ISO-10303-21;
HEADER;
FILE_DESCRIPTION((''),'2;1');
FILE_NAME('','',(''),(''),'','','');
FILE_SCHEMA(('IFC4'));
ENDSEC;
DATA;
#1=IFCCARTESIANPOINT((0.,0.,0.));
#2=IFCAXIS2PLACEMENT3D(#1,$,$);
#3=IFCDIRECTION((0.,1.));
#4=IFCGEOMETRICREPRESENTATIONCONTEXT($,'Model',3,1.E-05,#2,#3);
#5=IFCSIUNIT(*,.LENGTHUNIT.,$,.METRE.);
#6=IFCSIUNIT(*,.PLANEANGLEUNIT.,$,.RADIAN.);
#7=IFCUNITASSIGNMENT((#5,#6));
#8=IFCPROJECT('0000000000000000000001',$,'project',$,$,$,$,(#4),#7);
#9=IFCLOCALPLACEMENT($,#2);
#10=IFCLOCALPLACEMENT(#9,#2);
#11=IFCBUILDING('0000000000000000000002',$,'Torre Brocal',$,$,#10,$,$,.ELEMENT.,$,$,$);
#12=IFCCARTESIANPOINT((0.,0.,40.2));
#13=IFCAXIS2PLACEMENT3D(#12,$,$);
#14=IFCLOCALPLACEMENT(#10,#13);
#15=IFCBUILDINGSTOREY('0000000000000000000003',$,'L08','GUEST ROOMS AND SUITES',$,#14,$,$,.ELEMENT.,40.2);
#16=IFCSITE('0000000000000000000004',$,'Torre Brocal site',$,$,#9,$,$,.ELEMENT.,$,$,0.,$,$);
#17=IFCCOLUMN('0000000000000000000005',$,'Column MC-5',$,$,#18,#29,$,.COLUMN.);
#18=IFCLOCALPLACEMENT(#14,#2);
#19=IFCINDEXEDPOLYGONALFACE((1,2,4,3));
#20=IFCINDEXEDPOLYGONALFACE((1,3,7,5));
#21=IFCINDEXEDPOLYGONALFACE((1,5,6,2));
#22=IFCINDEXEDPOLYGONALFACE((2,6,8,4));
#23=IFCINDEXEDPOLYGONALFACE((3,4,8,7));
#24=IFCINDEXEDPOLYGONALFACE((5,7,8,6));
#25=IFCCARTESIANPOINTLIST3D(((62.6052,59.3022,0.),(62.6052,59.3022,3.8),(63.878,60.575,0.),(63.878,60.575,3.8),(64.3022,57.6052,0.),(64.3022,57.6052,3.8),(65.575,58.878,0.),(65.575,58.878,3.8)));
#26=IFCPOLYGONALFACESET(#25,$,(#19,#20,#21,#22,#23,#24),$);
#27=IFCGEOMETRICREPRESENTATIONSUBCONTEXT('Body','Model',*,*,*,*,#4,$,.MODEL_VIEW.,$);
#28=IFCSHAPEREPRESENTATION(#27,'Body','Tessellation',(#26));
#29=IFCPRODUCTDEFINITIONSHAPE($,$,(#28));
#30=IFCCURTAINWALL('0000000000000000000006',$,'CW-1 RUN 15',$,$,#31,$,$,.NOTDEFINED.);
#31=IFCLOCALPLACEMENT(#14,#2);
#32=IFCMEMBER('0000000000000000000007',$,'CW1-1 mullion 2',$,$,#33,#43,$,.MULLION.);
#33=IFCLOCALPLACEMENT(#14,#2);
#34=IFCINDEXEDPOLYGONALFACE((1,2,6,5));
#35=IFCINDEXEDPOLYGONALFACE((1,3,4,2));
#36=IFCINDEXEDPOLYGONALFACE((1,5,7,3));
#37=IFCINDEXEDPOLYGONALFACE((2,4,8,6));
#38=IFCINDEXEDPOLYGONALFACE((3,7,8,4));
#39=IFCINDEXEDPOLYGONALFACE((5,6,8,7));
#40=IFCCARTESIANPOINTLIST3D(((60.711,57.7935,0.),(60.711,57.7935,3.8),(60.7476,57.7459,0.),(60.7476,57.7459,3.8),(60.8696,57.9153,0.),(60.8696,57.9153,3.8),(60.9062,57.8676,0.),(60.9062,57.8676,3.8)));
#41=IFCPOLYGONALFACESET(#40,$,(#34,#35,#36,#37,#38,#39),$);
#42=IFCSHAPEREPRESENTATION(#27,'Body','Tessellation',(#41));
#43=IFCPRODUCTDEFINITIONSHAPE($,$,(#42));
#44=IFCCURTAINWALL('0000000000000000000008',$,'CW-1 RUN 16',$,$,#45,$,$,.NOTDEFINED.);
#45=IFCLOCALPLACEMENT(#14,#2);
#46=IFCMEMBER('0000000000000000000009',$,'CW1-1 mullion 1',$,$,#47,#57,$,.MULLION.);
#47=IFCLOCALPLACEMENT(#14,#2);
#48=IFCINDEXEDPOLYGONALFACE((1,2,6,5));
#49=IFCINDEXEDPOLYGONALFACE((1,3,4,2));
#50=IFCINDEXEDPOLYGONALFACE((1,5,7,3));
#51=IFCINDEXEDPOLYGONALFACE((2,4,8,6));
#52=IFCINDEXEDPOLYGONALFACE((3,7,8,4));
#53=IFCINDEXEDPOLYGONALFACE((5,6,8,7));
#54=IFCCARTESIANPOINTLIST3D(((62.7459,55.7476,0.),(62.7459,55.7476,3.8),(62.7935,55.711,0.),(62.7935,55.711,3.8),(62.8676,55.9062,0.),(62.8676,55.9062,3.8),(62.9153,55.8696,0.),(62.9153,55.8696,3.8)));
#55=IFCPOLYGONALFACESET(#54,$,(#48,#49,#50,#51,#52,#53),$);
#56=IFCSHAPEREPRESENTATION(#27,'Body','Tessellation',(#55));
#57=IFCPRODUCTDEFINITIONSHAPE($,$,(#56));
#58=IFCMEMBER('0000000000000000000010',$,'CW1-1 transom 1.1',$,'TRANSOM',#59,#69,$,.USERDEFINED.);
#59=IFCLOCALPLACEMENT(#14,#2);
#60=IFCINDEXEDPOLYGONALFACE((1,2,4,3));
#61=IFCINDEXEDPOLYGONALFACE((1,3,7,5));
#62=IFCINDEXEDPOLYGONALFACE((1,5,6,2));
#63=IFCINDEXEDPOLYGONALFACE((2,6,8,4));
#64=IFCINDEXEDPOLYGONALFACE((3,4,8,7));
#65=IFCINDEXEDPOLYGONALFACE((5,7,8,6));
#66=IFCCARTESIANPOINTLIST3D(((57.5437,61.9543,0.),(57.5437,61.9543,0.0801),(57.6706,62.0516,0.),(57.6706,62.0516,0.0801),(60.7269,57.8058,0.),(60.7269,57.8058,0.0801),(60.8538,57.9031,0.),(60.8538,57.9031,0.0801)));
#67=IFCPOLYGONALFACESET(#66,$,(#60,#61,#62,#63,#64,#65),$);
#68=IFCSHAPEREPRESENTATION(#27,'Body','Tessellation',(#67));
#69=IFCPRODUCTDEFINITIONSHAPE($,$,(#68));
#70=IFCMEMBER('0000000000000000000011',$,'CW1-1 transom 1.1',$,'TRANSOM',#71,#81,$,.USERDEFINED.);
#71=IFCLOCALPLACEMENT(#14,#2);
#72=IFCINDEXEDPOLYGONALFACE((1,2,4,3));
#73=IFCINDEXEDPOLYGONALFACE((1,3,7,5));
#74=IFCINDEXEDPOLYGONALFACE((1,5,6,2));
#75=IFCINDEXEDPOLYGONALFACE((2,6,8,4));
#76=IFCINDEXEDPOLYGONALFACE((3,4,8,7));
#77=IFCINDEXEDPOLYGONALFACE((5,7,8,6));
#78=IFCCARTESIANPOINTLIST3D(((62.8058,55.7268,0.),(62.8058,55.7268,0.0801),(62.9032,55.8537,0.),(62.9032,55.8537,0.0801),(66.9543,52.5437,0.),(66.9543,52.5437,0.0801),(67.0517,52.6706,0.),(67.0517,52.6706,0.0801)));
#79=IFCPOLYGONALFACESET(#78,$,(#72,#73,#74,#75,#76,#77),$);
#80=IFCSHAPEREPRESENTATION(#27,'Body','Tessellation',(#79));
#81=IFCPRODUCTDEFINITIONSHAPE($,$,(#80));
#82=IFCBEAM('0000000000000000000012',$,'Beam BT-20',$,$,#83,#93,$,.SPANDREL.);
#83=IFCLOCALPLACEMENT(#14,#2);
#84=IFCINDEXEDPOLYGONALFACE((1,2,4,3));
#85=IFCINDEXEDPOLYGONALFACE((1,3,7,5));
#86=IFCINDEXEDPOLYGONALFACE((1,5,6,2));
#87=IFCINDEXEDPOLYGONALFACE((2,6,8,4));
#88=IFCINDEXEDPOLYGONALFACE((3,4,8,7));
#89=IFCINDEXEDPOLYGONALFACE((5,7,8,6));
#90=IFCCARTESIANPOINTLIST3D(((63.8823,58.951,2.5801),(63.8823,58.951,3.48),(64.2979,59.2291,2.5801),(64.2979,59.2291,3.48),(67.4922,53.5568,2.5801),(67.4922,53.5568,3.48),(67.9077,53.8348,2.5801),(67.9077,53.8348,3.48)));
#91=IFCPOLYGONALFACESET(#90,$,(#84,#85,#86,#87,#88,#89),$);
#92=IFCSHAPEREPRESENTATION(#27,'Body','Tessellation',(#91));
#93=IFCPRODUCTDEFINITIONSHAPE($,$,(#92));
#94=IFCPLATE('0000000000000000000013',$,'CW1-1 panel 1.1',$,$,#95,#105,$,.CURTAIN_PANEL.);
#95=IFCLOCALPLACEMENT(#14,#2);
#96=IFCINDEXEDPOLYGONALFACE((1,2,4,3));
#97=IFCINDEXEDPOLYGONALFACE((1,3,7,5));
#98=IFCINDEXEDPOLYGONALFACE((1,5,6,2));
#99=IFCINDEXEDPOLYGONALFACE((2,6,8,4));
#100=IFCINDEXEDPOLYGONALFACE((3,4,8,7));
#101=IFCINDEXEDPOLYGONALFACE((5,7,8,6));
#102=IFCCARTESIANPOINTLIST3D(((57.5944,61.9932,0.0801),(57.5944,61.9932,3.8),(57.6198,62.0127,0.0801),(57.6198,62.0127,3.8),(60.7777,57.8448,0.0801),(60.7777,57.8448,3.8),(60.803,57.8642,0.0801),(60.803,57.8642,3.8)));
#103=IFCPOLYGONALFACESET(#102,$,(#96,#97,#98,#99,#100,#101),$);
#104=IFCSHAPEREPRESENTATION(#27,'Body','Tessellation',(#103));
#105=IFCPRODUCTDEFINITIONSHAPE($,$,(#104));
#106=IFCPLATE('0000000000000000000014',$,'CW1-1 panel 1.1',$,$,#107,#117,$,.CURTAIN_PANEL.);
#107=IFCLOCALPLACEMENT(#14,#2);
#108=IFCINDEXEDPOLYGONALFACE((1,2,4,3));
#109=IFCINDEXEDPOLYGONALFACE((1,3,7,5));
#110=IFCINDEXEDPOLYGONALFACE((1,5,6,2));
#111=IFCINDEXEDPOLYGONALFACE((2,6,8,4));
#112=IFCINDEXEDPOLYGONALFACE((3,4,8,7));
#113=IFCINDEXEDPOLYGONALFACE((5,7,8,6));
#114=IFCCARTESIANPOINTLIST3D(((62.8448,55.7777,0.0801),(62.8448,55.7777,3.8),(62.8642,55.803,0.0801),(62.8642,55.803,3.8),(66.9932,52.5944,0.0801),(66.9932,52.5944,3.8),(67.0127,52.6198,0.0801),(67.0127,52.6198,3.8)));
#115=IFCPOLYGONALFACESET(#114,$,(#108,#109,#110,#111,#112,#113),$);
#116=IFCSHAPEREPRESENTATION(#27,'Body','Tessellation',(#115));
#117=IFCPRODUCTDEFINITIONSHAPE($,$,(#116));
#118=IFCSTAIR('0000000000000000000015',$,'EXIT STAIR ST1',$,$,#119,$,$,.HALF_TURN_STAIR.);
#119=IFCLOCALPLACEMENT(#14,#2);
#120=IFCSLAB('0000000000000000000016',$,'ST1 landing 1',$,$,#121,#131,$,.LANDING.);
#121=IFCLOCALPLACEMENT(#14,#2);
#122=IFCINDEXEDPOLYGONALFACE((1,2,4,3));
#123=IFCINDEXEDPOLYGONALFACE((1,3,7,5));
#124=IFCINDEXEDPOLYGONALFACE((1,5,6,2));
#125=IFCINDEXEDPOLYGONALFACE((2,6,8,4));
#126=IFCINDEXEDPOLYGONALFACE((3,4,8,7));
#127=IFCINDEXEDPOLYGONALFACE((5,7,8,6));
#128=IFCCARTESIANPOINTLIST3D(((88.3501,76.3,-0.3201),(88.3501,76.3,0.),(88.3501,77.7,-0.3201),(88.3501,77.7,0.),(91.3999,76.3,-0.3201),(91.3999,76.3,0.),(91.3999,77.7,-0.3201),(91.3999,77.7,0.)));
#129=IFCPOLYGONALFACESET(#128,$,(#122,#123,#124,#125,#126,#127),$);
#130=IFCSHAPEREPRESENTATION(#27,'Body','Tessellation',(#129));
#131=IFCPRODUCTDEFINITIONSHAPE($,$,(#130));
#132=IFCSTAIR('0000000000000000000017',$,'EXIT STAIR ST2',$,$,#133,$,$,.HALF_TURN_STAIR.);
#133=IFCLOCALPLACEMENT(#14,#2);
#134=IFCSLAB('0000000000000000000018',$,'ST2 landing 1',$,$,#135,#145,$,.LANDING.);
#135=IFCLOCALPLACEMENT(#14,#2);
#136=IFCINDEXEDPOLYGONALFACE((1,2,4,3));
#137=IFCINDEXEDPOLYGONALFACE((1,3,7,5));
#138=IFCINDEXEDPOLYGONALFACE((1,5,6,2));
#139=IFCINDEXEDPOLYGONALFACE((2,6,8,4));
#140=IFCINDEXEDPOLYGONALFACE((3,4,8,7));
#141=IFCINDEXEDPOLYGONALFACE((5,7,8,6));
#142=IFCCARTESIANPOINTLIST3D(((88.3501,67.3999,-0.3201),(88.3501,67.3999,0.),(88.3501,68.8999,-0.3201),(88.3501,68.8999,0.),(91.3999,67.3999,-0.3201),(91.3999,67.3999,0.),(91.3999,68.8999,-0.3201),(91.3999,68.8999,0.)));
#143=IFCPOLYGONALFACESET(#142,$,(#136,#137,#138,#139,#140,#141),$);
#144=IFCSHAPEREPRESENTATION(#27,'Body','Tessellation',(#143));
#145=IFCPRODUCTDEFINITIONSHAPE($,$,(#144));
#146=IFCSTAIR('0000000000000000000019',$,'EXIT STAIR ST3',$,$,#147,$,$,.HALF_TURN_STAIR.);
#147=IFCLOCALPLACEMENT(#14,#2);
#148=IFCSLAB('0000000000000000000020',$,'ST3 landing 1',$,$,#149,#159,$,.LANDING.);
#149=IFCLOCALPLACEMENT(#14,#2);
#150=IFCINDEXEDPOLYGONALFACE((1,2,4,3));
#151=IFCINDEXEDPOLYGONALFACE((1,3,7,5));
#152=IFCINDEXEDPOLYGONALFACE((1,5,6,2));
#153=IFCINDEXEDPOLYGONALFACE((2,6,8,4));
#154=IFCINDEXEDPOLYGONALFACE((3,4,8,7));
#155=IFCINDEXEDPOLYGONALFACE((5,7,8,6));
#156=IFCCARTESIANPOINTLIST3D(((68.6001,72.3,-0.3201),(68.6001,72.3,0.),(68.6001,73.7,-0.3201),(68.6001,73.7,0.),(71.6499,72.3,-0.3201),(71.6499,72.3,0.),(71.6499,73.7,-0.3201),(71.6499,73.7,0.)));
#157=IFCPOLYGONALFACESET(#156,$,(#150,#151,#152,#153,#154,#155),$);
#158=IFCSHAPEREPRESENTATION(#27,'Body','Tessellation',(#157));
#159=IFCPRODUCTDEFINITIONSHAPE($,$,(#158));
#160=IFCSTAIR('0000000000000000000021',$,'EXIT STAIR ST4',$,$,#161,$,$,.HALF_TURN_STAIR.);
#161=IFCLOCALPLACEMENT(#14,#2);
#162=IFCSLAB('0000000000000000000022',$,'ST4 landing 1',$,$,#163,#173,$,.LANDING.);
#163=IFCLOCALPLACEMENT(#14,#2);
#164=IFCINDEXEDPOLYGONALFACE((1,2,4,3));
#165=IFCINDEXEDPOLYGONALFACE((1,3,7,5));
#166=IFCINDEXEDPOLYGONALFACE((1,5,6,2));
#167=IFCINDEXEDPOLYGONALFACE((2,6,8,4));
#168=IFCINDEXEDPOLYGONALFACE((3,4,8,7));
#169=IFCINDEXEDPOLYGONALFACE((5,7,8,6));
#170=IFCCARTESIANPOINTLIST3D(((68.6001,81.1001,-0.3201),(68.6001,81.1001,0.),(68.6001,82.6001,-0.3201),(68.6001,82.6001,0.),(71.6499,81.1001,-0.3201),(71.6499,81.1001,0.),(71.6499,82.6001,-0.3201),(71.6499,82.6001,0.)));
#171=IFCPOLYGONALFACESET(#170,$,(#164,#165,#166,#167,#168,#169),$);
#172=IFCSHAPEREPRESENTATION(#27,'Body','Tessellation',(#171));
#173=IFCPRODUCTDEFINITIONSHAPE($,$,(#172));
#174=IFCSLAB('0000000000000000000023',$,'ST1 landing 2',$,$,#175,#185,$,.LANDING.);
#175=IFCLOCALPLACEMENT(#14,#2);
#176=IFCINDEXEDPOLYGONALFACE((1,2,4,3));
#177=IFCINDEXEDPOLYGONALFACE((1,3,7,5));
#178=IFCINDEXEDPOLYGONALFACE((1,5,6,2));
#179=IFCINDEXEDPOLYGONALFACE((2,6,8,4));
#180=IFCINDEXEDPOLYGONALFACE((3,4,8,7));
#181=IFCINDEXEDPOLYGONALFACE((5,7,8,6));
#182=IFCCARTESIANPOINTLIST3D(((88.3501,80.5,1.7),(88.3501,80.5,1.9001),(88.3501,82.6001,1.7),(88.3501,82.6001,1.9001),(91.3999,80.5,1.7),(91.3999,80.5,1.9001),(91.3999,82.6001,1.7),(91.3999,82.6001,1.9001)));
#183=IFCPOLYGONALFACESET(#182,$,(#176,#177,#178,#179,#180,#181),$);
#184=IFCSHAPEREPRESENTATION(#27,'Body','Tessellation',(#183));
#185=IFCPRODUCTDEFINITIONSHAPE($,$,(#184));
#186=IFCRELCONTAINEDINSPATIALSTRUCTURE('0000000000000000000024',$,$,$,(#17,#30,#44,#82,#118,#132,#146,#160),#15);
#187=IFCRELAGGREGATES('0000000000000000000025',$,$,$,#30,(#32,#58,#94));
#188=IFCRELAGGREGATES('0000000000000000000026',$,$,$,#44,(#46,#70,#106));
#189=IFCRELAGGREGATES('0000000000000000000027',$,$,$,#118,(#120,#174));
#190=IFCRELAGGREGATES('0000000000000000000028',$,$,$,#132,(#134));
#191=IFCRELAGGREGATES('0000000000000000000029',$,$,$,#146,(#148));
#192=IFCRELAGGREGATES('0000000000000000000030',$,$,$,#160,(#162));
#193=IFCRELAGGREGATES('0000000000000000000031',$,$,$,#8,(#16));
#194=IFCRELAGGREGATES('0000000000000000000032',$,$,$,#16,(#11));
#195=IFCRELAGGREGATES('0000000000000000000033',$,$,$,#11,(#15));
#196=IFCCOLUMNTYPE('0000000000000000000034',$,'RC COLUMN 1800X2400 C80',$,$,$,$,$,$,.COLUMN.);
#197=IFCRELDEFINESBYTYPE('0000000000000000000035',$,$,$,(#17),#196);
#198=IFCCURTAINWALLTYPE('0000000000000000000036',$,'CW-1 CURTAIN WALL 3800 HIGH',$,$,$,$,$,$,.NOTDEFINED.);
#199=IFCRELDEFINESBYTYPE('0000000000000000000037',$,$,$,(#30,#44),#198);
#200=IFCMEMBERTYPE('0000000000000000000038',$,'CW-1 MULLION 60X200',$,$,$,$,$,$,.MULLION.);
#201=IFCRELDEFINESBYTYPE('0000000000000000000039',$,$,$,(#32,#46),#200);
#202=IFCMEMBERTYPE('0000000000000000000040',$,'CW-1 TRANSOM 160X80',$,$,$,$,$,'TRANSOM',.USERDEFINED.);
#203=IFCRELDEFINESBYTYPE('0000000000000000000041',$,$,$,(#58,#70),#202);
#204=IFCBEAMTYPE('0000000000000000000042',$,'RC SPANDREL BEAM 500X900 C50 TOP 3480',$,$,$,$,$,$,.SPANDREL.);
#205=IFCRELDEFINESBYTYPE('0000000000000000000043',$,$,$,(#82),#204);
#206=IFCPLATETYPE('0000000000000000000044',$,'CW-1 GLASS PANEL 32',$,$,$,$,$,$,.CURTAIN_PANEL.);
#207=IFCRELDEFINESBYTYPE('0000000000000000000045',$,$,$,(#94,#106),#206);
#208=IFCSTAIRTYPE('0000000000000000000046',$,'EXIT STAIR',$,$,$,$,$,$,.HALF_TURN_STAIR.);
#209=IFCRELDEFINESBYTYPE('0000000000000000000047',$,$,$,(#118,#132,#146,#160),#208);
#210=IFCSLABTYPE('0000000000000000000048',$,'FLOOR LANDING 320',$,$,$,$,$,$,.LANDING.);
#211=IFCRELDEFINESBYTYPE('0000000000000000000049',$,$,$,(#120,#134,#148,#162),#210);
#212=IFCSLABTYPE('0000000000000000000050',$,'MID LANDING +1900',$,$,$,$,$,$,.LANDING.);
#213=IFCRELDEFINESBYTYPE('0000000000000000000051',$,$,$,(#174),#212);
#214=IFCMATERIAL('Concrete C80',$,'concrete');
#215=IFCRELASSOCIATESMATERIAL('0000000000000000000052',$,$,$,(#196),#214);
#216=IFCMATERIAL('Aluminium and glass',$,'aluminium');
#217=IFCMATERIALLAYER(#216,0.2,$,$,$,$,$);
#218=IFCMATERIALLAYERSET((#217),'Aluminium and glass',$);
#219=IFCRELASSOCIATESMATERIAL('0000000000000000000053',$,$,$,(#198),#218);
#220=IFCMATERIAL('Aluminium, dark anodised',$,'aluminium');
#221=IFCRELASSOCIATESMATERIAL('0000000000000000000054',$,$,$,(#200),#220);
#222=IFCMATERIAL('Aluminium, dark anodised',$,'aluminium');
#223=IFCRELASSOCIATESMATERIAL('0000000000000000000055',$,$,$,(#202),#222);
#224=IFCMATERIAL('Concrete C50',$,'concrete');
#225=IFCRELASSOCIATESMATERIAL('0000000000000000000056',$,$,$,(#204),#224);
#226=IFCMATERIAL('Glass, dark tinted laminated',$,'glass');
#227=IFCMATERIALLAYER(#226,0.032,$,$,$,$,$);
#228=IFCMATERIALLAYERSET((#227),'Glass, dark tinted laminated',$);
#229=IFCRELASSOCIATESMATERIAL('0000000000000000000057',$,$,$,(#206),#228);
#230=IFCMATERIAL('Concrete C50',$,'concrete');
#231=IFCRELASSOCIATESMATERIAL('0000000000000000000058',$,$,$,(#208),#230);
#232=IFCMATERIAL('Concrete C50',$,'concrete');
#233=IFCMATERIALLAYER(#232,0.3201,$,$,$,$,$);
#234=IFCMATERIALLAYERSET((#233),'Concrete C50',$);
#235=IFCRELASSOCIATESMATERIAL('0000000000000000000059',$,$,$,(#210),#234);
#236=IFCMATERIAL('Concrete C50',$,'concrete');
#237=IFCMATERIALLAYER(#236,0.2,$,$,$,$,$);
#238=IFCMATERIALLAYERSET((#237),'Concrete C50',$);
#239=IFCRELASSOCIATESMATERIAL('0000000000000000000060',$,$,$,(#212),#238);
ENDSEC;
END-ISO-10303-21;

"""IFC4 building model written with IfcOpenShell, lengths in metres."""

from ifc_helpers import new_model, si_unit, direction, frame, origin, origin_2d, place, context, subcontext, project, spatial, polyline, rectangle, outline, extrude, material, layer, layer_set, material_profile, profile_set, type_object, element, aggregate, save


model = new_model("IFC4")

# Units and contexts
model_context = context("Model", 3, precision=1e-05, world=origin(), true_north=direction((0.0, 1.0)))
body_context = subcontext(model_context, "Body", "Model", "MODEL_VIEW")
ifc_project = project(units=[si_unit("LENGTHUNIT", "METRE"), si_unit("PLANEANGLEUNIT", "RADIAN")], contexts=[model_context])

# Site, building, storey
site_placement = place(None, origin())
site = spatial("IfcSite", under=ifc_project, at=site_placement, Name="Torre Brocal site", CompositionType="ELEMENT", RefElevation=0.0)
building_placement = place(site_placement, origin())
building = spatial("IfcBuilding", under=site, at=building_placement, Name="Torre Brocal", CompositionType="ELEMENT")
storey_placement = place(building_placement, frame((0.0, 0.0, 40.2)))
storey = spatial("IfcBuildingStorey", under=building, at=storey_placement, Name="L08", Description="GUEST ROOMS AND SUITES", CompositionType="ELEMENT", Elevation=40.2)

# Column
ifc_material_1 = material(Name="Concrete C80", Category="concrete")
ifc_material_profile_1 = material_profile(ifc_material_1, rectangle(XDim=1.8, YDim=2.3999, at=origin_2d()), Name="RC 1800X2400")
ifc_profile_set_1 = profile_set([ifc_material_profile_1], Name="Concrete C80")
column_type = type_object("IfcColumnType", Name="RC COLUMN 1800X2400 C80", PredefinedType="COLUMN", material=ifc_profile_set_1)
column_placement = place(storey_placement, frame((64.0901, 59.0901, 0.0), z_axis=(0.0, 0.0, 1.0), x_axis=(-0.707107, -0.707107, 0.0)))
element("IfcColumn", 1, at=column_placement, inside=storey, type_object=column_type, Name="Column MC-5", PredefinedType="COLUMN", context=body_context, shape_type="SweptSolid", body=[
    extrude(rectangle(XDim=1.8, YDim=2.3999, at=origin_2d()), origin(), (0.0, 0.0, 1.0), 3.8),
])

# Curtain walls, members
ifc_material_2 = material(Name="Aluminium and glass", Category="aluminium")
ifc_layer_1 = layer(ifc_material_2, 0.2)
ifc_layer_set_1 = layer_set([ifc_layer_1], Name="Aluminium and glass")
curtain_wall_type = type_object("IfcCurtainWallType", Name="CW-1 CURTAIN WALL 3800 HIGH", PredefinedType="NOTDEFINED", material=ifc_layer_set_1)
curtain_wall_1_placement = place(storey_placement, origin())
curtain_wall_1 = element("IfcCurtainWall", 2, at=curtain_wall_1_placement, inside=storey, type_object=curtain_wall_type, Name="CW-1 RUN 15", PredefinedType="NOTDEFINED")
ifc_material_3 = material(Name="Aluminium, dark anodised", Category="aluminium")
ifc_material_profile_2 = material_profile(ifc_material_3, rectangle(XDim=0.2, YDim=0.0601, at=origin_2d()), Name="CW-1 MULLION 60X200")
ifc_profile_set_2 = profile_set([ifc_material_profile_2], Name="Aluminium, dark anodised")
member_type_1 = type_object("IfcMemberType", Name="CW-1 MULLION 60X200", PredefinedType="MULLION", material=ifc_profile_set_2)
member_1_placement = place(storey_placement, frame((60.8086, 57.8306, 0.0), z_axis=(0.0, 0.0, 1.0), x_axis=(0.793353, 0.608761, 0.0)))
member_1 = element("IfcMember", 3, at=member_1_placement, type_object=member_type_1, Name="CW1-1 mullion 2", PredefinedType="MULLION", context=body_context, shape_type="SweptSolid", body=[
    extrude(rectangle(XDim=0.2, YDim=0.0601, at=origin_2d()), origin(), (0.0, 0.0, 1.0), 3.8),
])
curtain_wall_2_placement = place(storey_placement, origin())
curtain_wall_2 = element("IfcCurtainWall", 4, at=curtain_wall_2_placement, inside=storey, type_object=curtain_wall_type, Name="CW-1 RUN 16", PredefinedType="NOTDEFINED")
member_2_placement = place(storey_placement, frame((62.8306, 55.8086, 0.0), z_axis=(0.0, 0.0, 1.0), x_axis=(0.608761, 0.793353, 0.0)))
member_2 = element("IfcMember", 5, at=member_2_placement, type_object=member_type_1, Name="CW1-1 mullion 1", PredefinedType="MULLION", context=body_context, shape_type="SweptSolid", body=[
    extrude(rectangle(XDim=0.2, YDim=0.0601, at=origin_2d()), origin(), (0.0, 0.0, 1.0), 3.8),
])

# Members
ifc_material_4 = material(Name="Aluminium, dark anodised", Category="aluminium")
ifc_material_profile_3 = material_profile(ifc_material_4, rectangle(XDim=0.1599, YDim=0.0801, at=origin_2d()), Name="CW-1 TRANSOM 160X80")
ifc_profile_set_3 = profile_set([ifc_material_profile_3], Name="Aluminium, dark anodised")
member_type_2 = type_object("IfcMemberType", Name="CW-1 TRANSOM 160X80", ElementType="TRANSOM", PredefinedType="USERDEFINED", material=ifc_profile_set_3)
member_3_placement = place(storey_placement, frame((57.6072, 62.0029, 0.04), z_axis=(0.608749, -0.793363, 0.0), x_axis=(0.793363, 0.608749, 0.0)))
member_3 = element("IfcMember", 6, at=member_3_placement, type_object=member_type_2, Name="CW1-1 transom 1.1", ObjectType="TRANSOM", PredefinedType="USERDEFINED", context=body_context, shape_type="SweptSolid", body=[
    extrude(rectangle(XDim=0.1599, YDim=0.0801, at=origin_2d()), origin(), (0.0, 0.0, 1.0), 5.229),
])
member_4_placement = place(storey_placement, frame((62.8545, 55.7903, 0.04), z_axis=(0.793363, -0.608749, 0.0), x_axis=(0.608749, 0.793363, 0.0)))
member_4 = element("IfcMember", 7, at=member_4_placement, type_object=member_type_2, Name="CW1-1 transom 1.1", ObjectType="TRANSOM", PredefinedType="USERDEFINED", context=body_context, shape_type="SweptSolid", body=[
    extrude(rectangle(XDim=0.1599, YDim=0.0801, at=origin_2d()), origin(), (0.0, 0.0, 1.0), 5.229),
])

# Beam
ifc_material_5 = material(Name="Concrete C50", Category="concrete")
ifc_material_profile_4 = material_profile(ifc_material_5, rectangle(XDim=0.5, YDim=0.8999, at=origin_2d()), Name="RC 500X900")
ifc_profile_set_4 = profile_set([ifc_material_profile_4], Name="Concrete C50")
beam_type = type_object("IfcBeamType", Name="RC SPANDREL BEAM 500X900 C50 TOP 3480", PredefinedType="SPANDREL", material=ifc_profile_set_4)
beam_placement = place(storey_placement, frame((64.0901, 59.0901, 3.03), z_axis=(0.556158, -0.831077, 0.0), x_axis=(0.831077, 0.556158, 0.0)))
element("IfcBeam", 8, at=beam_placement, inside=storey, type_object=beam_type, Name="Beam BT-20", PredefinedType="SPANDREL", context=body_context, shape_type="SweptSolid", body=[
    extrude(rectangle(XDim=0.5, YDim=0.8999, at=origin_2d()), origin(), (0.0, 0.0, 1.0), 6.4907),
])

# Plates
ifc_material_6 = material(Name="Glass, dark tinted laminated", Category="glass")
ifc_layer_2 = layer(ifc_material_6, 0.032)
ifc_layer_set_2 = layer_set([ifc_layer_2], Name="Glass, dark tinted laminated")
plate_type = type_object("IfcPlateType", Name="CW-1 GLASS PANEL 32", PredefinedType="CURTAIN_PANEL", material=ifc_layer_set_2)
plate_1_placement = place(storey_placement, frame((59.1987, 59.9287, 0.0801), z_axis=(0.0, 0.0, 1.0), x_axis=(0.608761, -0.793353, 0.0)))
plate_1 = element("IfcPlate", 9, at=plate_1_placement, type_object=plate_type, Name="CW1-1 panel 1.1", PredefinedType="CURTAIN_PANEL", context=body_context, shape_type="SweptSolid", body=[
    extrude(rectangle(XDim=5.229, YDim=0.032, at=origin_2d()), origin(), (0.0, 0.0, 1.0), 3.72),
])
aggregate(curtain_wall_1, [member_1, member_3, plate_1])
plate_2_placement = place(storey_placement, frame((64.9287, 54.1987, 0.0801), z_axis=(0.0, 0.0, 1.0), x_axis=(0.793353, -0.608761, 0.0)))
plate_2 = element("IfcPlate", 10, at=plate_2_placement, type_object=plate_type, Name="CW1-1 panel 1.1", PredefinedType="CURTAIN_PANEL", context=body_context, shape_type="SweptSolid", body=[
    extrude(rectangle(XDim=5.229, YDim=0.032, at=origin_2d()), origin(), (0.0, 0.0, 1.0), 3.72),
])
aggregate(curtain_wall_2, [member_2, member_4, plate_2])

# Stairs, slabs
ifc_material_7 = material(Name="Concrete C50", Category="concrete")
stair_type = type_object("IfcStairType", Name="EXIT STAIR", PredefinedType="HALF_TURN_STAIR", material=ifc_material_7)
stair_1_placement = place(storey_placement, origin())
stair_1 = element("IfcStair", 11, at=stair_1_placement, inside=storey, type_object=stair_type, Name="EXIT STAIR ST1", PredefinedType="HALF_TURN_STAIR")
ifc_material_8 = material(Name="Concrete C50", Category="concrete")
ifc_layer_3 = layer(ifc_material_8, 0.3201)
ifc_layer_set_3 = layer_set([ifc_layer_3], Name="Concrete C50")
slab_type_1 = type_object("IfcSlabType", Name="FLOOR LANDING 320", PredefinedType="LANDING", material=ifc_layer_set_3)
slab_1_placement = place(storey_placement, frame((0.0, 0.0, -0.3201)))
slab_1 = element("IfcSlab", 12, at=slab_1_placement, type_object=slab_type_1, Name="ST1 landing 1", PredefinedType="LANDING", context=body_context, shape_type="SweptSolid", body=[
    extrude(outline(polyline([(88.3501, 76.3), (91.3999, 76.3), (91.3999, 77.7), (88.3501, 77.7), (88.3501, 76.3)])), origin(), (0.0, 0.0, 1.0), 0.3201),
])
stair_2_placement = place(storey_placement, origin())
stair_2 = element("IfcStair", 13, at=stair_2_placement, inside=storey, type_object=stair_type, Name="EXIT STAIR ST2", PredefinedType="HALF_TURN_STAIR")
slab_2_placement = place(storey_placement, frame((0.0, 0.0, -0.3201)))
slab_2 = element("IfcSlab", 14, at=slab_2_placement, type_object=slab_type_1, Name="ST2 landing 1", PredefinedType="LANDING", context=body_context, shape_type="SweptSolid", body=[
    extrude(outline(polyline([(88.3501, 67.3999), (91.3999, 67.3999), (91.3999, 68.8999), (88.3501, 68.8999), (88.3501, 67.3999)])), origin(), (0.0, 0.0, 1.0), 0.3201),
])
stair_3_placement = place(storey_placement, origin())
stair_3 = element("IfcStair", 15, at=stair_3_placement, inside=storey, type_object=stair_type, Name="EXIT STAIR ST3", PredefinedType="HALF_TURN_STAIR")
slab_3_placement = place(storey_placement, frame((0.0, 0.0, -0.3201)))
slab_3 = element("IfcSlab", 16, at=slab_3_placement, type_object=slab_type_1, Name="ST3 landing 1", PredefinedType="LANDING", context=body_context, shape_type="SweptSolid", body=[
    extrude(outline(polyline([(71.6499, 73.7), (68.6001, 73.7), (68.6001, 72.3), (71.6499, 72.3), (71.6499, 73.7)])), origin(), (0.0, 0.0, 1.0), 0.3201),
])
stair_4_placement = place(storey_placement, origin())
stair_4 = element("IfcStair", 17, at=stair_4_placement, inside=storey, type_object=stair_type, Name="EXIT STAIR ST4", PredefinedType="HALF_TURN_STAIR")
slab_4_placement = place(storey_placement, frame((0.0, 0.0, -0.3201)))
slab_4 = element("IfcSlab", 18, at=slab_4_placement, type_object=slab_type_1, Name="ST4 landing 1", PredefinedType="LANDING", context=body_context, shape_type="SweptSolid", body=[
    extrude(outline(polyline([(71.6499, 82.6001), (68.6001, 82.6001), (68.6001, 81.1001), (71.6499, 81.1001), (71.6499, 82.6001)])), origin(), (0.0, 0.0, 1.0), 0.3201),
])

# Slab
ifc_material_9 = material(Name="Concrete C50", Category="concrete")
ifc_layer_4 = layer(ifc_material_9, 0.2)
ifc_layer_set_4 = layer_set([ifc_layer_4], Name="Concrete C50")
slab_type_2 = type_object("IfcSlabType", Name="MID LANDING +1900", PredefinedType="LANDING", material=ifc_layer_set_4)
slab_5_placement = place(storey_placement, frame((0.0, 0.0, 1.7)))
slab_5 = element("IfcSlab", 19, at=slab_5_placement, type_object=slab_type_2, Name="ST1 landing 2", PredefinedType="LANDING", context=body_context, shape_type="SweptSolid", body=[
    extrude(outline(polyline([(88.3501, 80.5), (91.3999, 80.5), (91.3999, 82.6001), (88.3501, 82.6001), (88.3501, 80.5)])), origin(), (0.0, 0.0, 1.0), 0.2002),
])
aggregate(stair_1, [slab_1, slab_5])
aggregate(stair_2, [slab_2])
aggregate(stair_3, [slab_3])
aggregate(stair_4, [slab_4])

save(model, "model.ifc")
